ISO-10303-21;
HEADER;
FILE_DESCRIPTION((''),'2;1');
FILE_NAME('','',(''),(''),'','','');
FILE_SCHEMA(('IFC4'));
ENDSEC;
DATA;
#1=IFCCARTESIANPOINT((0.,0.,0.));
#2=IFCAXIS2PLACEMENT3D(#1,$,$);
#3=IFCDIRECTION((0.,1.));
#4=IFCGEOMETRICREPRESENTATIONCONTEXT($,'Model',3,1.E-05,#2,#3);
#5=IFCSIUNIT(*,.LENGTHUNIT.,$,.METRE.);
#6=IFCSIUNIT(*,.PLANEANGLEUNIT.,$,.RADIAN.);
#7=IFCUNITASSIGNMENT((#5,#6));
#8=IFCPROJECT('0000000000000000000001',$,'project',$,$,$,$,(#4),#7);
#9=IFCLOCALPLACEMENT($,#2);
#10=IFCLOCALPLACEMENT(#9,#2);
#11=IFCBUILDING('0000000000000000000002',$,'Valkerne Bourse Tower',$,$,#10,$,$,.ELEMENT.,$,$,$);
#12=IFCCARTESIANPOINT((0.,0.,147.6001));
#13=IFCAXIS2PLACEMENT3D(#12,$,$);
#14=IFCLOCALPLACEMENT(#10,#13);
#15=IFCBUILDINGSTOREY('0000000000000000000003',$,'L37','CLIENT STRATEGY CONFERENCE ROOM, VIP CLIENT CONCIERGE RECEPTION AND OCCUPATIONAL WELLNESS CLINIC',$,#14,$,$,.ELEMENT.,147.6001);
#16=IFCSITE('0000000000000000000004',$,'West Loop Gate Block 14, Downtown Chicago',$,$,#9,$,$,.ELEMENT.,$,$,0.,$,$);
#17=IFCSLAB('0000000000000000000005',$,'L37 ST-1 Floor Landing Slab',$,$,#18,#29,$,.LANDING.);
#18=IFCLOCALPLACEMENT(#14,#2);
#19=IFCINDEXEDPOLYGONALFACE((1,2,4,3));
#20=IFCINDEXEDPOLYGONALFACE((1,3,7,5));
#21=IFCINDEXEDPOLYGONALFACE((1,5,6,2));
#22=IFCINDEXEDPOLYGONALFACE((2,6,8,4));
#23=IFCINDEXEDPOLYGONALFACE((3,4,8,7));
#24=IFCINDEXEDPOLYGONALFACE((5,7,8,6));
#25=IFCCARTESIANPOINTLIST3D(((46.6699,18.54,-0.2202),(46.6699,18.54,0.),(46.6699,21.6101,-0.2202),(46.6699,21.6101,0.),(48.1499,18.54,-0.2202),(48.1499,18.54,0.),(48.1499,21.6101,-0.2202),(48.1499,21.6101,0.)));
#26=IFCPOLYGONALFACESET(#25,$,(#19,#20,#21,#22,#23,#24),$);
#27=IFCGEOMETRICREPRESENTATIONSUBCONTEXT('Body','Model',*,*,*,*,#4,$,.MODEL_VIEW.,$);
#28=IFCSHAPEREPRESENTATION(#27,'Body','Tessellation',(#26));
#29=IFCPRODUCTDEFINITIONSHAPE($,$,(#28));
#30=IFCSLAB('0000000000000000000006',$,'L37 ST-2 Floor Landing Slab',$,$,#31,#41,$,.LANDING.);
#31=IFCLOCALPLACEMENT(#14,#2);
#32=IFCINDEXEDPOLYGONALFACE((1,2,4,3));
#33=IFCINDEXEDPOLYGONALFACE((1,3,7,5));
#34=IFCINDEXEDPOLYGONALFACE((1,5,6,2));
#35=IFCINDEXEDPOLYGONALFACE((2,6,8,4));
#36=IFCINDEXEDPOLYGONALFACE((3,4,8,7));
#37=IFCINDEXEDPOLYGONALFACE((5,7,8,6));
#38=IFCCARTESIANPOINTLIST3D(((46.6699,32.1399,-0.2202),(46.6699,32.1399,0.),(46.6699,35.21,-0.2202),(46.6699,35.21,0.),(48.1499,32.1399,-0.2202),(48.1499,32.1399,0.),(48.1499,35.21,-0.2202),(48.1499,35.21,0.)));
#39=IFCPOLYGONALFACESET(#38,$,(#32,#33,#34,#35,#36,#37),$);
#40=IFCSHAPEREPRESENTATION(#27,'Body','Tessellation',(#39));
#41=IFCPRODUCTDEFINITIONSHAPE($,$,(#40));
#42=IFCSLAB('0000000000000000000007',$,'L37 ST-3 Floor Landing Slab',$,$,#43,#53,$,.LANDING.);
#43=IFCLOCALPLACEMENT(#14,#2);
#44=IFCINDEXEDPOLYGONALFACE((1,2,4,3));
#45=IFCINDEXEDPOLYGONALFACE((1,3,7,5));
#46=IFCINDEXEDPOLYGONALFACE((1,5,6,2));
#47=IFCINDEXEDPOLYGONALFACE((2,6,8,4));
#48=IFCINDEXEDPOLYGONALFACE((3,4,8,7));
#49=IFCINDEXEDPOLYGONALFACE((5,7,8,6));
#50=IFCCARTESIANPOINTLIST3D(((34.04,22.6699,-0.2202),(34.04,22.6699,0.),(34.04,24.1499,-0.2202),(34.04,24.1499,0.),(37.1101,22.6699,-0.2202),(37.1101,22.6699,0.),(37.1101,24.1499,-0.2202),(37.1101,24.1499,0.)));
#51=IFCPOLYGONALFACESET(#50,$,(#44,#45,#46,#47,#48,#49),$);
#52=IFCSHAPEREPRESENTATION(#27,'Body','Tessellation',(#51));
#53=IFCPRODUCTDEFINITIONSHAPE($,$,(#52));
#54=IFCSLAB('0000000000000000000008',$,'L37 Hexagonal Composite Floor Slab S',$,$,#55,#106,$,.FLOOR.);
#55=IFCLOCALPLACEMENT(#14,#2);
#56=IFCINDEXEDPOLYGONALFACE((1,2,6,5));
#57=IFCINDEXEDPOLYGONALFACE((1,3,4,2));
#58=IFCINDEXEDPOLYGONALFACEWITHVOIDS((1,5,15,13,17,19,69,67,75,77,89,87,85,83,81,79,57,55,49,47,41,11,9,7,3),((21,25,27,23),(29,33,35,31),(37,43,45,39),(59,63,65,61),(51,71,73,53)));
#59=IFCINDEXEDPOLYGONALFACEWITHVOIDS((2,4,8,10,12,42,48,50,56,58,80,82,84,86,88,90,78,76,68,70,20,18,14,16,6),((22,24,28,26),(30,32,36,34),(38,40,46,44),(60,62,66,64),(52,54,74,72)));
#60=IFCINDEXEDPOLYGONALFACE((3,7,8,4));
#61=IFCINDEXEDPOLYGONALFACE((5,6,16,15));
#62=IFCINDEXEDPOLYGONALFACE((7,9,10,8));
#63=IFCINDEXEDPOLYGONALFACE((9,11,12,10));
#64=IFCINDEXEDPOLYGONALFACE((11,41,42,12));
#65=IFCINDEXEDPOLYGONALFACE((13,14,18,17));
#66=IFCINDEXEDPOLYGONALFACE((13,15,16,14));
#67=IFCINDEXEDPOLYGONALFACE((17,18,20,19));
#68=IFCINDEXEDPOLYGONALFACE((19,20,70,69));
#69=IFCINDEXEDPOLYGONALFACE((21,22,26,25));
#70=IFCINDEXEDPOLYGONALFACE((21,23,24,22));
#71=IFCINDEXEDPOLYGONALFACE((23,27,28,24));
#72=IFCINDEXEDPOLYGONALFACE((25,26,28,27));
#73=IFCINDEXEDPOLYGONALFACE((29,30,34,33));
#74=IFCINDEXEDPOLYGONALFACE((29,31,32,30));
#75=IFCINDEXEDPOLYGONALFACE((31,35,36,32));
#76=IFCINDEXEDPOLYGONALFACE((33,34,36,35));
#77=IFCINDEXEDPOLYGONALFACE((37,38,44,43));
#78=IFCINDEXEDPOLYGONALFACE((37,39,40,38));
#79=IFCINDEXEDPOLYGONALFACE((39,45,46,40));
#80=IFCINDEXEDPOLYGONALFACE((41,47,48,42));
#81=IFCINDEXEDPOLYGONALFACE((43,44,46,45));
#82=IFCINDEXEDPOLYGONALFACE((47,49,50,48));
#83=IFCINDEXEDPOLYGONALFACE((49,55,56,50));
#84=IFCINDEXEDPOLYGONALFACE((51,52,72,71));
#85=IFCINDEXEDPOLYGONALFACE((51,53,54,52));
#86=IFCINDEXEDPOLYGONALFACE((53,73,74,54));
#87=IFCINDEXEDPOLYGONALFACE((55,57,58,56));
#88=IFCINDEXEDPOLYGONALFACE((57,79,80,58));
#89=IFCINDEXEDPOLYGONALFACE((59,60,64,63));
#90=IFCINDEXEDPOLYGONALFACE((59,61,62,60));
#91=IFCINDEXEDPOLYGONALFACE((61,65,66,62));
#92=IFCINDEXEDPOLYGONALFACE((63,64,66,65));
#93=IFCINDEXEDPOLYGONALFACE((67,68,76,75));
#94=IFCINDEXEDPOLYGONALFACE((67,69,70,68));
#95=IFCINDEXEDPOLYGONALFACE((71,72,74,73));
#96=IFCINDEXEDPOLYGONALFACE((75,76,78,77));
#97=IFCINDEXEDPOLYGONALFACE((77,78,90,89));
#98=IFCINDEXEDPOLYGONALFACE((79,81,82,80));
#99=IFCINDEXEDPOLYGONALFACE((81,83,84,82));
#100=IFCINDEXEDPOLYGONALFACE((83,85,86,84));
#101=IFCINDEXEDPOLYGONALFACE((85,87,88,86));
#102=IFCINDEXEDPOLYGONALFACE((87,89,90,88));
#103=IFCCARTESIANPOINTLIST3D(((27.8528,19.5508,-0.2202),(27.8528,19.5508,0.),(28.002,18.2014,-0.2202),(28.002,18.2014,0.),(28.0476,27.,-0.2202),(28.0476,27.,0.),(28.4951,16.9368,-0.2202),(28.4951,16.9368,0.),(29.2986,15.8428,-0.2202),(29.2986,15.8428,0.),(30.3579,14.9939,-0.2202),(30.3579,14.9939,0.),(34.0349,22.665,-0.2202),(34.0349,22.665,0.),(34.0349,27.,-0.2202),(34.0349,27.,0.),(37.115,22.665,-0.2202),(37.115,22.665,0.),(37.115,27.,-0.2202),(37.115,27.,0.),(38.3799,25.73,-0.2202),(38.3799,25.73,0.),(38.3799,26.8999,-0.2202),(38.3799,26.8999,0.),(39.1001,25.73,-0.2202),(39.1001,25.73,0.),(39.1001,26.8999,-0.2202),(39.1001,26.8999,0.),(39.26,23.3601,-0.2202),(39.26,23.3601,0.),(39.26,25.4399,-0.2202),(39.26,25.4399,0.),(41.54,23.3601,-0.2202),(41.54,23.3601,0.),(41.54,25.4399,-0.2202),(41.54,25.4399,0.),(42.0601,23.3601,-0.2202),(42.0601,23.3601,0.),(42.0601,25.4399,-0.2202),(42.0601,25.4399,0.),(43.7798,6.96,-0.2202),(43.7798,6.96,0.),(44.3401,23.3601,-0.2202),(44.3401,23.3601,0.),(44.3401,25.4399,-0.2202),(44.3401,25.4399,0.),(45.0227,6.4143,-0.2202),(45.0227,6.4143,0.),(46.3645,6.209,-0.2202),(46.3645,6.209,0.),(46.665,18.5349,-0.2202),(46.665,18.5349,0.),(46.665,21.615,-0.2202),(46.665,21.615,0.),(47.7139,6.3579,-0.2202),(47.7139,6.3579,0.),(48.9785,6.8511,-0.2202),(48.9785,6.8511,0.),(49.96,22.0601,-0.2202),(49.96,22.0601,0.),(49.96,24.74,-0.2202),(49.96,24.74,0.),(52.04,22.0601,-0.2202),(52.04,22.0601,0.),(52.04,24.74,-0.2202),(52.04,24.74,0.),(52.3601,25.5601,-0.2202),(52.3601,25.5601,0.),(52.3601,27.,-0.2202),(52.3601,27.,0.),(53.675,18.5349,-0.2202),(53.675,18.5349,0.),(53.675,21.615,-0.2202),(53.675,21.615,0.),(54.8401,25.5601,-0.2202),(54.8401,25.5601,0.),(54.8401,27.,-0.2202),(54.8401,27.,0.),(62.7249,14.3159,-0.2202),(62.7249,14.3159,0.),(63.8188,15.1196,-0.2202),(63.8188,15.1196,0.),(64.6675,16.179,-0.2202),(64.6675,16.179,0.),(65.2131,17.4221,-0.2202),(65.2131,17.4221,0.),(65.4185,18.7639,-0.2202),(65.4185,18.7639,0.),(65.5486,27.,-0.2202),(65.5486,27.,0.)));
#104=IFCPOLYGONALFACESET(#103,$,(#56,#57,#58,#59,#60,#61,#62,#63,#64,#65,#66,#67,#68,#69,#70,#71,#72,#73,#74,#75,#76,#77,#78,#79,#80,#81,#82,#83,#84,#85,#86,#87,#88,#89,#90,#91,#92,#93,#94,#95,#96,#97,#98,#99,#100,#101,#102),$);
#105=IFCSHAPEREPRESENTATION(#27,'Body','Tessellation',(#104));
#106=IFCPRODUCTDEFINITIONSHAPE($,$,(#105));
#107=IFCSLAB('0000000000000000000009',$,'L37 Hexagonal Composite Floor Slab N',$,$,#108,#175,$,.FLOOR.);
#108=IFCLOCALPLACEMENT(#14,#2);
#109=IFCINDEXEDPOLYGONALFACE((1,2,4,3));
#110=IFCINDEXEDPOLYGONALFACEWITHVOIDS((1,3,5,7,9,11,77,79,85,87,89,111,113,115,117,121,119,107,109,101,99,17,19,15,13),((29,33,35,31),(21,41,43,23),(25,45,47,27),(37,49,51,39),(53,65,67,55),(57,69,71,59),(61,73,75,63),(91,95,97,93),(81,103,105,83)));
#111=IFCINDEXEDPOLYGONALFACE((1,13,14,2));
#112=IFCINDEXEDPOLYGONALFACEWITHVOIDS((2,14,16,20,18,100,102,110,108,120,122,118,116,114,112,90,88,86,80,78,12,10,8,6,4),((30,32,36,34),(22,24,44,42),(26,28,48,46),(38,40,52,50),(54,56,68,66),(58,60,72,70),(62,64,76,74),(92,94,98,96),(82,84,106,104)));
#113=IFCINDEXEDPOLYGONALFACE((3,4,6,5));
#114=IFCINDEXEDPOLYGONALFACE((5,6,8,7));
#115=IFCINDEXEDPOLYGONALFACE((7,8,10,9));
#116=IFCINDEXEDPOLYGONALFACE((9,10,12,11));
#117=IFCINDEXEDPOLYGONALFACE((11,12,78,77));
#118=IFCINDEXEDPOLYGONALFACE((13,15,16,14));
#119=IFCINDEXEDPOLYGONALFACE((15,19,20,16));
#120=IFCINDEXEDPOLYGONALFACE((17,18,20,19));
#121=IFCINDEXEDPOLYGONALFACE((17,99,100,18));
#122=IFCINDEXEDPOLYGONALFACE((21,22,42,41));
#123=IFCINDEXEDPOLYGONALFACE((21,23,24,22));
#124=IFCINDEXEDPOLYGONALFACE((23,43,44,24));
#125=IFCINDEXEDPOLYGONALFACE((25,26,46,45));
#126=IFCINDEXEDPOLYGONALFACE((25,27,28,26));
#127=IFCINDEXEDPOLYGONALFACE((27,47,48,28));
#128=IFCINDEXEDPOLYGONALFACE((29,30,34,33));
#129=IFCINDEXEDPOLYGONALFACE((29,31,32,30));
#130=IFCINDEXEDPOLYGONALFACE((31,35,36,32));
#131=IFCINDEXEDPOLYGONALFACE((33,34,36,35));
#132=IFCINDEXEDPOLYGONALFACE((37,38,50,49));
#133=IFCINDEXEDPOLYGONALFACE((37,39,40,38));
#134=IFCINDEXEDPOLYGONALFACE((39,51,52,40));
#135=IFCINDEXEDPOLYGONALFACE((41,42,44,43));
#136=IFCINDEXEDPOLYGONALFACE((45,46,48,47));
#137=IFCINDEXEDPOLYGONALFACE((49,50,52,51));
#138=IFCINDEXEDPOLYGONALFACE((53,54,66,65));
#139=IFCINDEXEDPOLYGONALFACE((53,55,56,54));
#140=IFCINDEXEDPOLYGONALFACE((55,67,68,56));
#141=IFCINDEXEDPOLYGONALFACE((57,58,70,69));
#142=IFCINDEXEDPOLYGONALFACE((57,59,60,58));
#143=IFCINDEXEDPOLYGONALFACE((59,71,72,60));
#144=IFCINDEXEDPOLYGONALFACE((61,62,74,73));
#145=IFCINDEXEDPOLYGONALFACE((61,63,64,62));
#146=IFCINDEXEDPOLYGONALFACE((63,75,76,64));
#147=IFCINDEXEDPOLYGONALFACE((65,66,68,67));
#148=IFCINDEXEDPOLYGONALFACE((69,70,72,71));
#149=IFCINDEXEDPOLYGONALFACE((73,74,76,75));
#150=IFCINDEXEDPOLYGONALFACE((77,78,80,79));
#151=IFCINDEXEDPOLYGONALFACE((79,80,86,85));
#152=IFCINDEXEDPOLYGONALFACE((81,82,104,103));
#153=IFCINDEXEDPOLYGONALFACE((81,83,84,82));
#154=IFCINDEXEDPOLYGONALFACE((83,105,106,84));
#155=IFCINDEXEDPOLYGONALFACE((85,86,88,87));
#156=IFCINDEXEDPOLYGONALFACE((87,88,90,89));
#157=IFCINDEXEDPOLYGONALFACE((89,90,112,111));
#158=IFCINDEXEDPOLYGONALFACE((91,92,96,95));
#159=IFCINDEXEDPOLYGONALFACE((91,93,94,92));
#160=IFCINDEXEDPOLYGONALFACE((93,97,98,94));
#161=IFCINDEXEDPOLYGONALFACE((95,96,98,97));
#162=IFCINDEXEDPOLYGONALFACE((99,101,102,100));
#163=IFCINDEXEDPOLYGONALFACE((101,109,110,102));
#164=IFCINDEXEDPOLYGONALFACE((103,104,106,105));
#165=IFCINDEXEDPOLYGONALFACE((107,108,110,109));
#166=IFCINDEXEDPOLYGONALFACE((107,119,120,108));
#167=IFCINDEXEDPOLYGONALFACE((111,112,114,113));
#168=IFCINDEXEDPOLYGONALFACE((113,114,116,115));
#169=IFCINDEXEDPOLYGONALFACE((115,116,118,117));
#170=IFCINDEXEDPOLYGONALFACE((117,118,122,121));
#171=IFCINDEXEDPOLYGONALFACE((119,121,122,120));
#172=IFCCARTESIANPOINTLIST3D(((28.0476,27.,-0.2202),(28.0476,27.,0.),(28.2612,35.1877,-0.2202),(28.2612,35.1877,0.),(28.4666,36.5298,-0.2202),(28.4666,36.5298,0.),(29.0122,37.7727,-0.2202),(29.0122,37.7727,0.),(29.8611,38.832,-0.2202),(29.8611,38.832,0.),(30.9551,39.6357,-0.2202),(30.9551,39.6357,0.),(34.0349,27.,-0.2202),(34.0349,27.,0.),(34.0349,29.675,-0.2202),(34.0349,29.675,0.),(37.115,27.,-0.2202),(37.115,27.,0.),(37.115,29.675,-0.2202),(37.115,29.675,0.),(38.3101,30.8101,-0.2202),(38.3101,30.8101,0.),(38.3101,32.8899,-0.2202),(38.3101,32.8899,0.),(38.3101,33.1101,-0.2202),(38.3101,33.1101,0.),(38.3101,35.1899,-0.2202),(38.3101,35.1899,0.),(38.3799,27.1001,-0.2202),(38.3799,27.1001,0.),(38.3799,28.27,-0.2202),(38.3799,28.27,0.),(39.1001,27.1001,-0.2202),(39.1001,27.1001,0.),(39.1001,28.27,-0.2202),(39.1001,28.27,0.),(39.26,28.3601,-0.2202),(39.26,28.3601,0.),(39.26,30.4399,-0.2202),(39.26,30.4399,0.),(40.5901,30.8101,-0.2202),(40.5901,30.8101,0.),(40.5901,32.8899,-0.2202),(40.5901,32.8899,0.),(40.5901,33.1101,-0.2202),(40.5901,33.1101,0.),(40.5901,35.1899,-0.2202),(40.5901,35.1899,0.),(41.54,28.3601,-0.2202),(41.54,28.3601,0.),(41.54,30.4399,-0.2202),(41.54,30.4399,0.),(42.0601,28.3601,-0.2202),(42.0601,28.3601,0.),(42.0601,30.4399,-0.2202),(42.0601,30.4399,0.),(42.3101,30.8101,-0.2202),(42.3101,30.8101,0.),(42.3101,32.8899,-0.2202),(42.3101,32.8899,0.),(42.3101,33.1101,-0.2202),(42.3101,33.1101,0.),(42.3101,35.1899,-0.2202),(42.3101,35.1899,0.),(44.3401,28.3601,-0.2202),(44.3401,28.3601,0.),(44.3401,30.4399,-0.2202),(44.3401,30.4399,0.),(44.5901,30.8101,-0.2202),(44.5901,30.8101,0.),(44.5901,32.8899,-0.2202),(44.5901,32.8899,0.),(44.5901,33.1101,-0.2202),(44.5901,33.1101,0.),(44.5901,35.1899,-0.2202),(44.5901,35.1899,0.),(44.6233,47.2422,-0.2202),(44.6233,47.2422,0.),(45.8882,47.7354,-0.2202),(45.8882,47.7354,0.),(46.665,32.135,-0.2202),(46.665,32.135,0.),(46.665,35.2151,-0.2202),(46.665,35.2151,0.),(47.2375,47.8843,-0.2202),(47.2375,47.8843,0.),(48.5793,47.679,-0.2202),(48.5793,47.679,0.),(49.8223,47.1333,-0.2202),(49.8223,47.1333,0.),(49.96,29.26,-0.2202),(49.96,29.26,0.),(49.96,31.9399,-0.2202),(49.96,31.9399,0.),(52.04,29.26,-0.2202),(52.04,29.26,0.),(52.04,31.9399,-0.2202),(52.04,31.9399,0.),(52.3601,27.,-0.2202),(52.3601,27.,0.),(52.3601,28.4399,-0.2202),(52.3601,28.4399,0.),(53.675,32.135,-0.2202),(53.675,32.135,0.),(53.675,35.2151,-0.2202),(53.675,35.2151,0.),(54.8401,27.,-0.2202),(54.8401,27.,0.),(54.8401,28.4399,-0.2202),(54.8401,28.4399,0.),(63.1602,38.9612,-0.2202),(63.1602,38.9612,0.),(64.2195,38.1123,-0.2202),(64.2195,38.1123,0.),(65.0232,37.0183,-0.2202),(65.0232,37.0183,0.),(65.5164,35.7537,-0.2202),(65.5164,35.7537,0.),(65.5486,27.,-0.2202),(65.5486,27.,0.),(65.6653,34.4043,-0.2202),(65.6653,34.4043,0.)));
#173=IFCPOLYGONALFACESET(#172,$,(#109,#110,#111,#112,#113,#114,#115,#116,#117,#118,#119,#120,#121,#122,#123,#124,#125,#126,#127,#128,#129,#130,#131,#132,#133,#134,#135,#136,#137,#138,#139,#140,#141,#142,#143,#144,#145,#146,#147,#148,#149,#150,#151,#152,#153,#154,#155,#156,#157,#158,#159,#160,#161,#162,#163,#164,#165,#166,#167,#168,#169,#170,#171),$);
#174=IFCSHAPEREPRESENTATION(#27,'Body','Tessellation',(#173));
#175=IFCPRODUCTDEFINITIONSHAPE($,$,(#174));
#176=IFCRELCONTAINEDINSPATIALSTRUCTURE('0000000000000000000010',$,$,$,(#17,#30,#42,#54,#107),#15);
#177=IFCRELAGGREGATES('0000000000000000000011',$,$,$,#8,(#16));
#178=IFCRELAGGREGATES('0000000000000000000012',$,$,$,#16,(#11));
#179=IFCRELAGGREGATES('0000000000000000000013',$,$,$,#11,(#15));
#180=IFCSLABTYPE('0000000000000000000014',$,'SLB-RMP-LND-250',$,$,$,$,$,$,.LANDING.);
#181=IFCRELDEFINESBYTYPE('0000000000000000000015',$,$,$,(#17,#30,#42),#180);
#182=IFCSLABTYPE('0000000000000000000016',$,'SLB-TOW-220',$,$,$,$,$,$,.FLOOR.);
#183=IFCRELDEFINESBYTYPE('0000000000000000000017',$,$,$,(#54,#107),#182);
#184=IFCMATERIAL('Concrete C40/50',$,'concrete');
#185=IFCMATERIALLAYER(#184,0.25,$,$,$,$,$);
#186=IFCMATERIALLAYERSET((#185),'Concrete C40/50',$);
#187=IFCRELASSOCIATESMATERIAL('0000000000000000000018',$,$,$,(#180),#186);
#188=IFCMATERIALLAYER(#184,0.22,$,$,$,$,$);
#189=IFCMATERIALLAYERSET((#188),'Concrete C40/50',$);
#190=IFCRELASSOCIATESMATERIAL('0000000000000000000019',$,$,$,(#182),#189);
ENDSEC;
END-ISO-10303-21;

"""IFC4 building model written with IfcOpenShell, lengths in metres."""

from ifc_helpers import new_model, si_unit, direction, frame, origin, place, context, subcontext, project, spatial, polyline, outline, extrude, material, layer, layer_set, type_object, element, save


model = new_model("IFC4")

# Units and contexts
model_context = context("Model", 3, precision=1e-05, world=origin(), true_north=direction((0.0, 1.0)))
body_context = subcontext(model_context, "Body", "Model", "MODEL_VIEW")
ifc_project = project(units=[si_unit("LENGTHUNIT", "METRE"), si_unit("PLANEANGLEUNIT", "RADIAN")], contexts=[model_context])

# Site, building, storey
site_placement = place(None, origin())
site = spatial("IfcSite", under=ifc_project, at=site_placement, Name="West Loop Gate Block 14, Downtown Chicago", CompositionType="ELEMENT", RefElevation=0.0)
building_placement = place(site_placement, origin())
building = spatial("IfcBuilding", under=site, at=building_placement, Name="Valkerne Bourse Tower", CompositionType="ELEMENT")
storey_placement = place(building_placement, frame((0.0, 0.0, 147.6001)))
storey = spatial("IfcBuildingStorey", under=building, at=storey_placement, Name="L37", Description="CLIENT STRATEGY CONFERENCE ROOM, VIP CLIENT CONCIERGE RECEPTION AND OCCUPATIONAL WELLNESS CLINIC", CompositionType="ELEMENT", Elevation=147.6001)

# Slabs
ifc_material_1 = material(Name="Concrete C40/50", Category="concrete")
ifc_layer_1 = layer(ifc_material_1, 0.25)
ifc_layer_set_1 = layer_set([ifc_layer_1], Name="Concrete C40/50")
slab_type_1 = type_object("IfcSlabType", Name="SLB-RMP-LND-250", PredefinedType="LANDING", material=ifc_layer_set_1)
slab_1_placement = place(storey_placement, frame((0.0, 0.0, -0.2202)))
element("IfcSlab", 1, at=slab_1_placement, inside=storey, type_object=slab_type_1, Name="L37 ST-1 Floor Landing Slab", PredefinedType="LANDING", context=body_context, shape_type="SweptSolid", body=[
    extrude(outline(polyline([(46.6699, 18.54), (48.1499, 18.54), (48.1499, 21.6101), (46.6699, 21.6101), (46.6699, 18.54)])), origin(), (0.0, 0.0, 1.0), 0.2202),
])
slab_2_placement = place(storey_placement, frame((0.0, 0.0, -0.2202)))
element("IfcSlab", 2, at=slab_2_placement, inside=storey, type_object=slab_type_1, Name="L37 ST-2 Floor Landing Slab", PredefinedType="LANDING", context=body_context, shape_type="SweptSolid", body=[
    extrude(outline(polyline([(46.6699, 32.1399), (48.1499, 32.1399), (48.1499, 35.21), (46.6699, 35.21), (46.6699, 32.1399)])), origin(), (0.0, 0.0, 1.0), 0.2202),
])
slab_3_placement = place(storey_placement, frame((0.0, 0.0, -0.2202)))
element("IfcSlab", 3, at=slab_3_placement, inside=storey, type_object=slab_type_1, Name="L37 ST-3 Floor Landing Slab", PredefinedType="LANDING", context=body_context, shape_type="SweptSolid", body=[
    extrude(outline(polyline([(37.1101, 22.6699), (37.1101, 24.1499), (34.04, 24.1499), (34.04, 22.6699), (37.1101, 22.6699)])), origin(), (0.0, 0.0, 1.0), 0.2202),
])
ifc_layer_2 = layer(ifc_material_1, 0.22)
ifc_layer_set_2 = layer_set([ifc_layer_2], Name="Concrete C40/50")
slab_type_2 = type_object("IfcSlabType", Name="SLB-TOW-220", PredefinedType="FLOOR", material=ifc_layer_set_2)
slab_4_placement = place(storey_placement, frame((0.0, 0.0, -0.2202)))
element("IfcSlab", 4, at=slab_4_placement, inside=storey, type_object=slab_type_2, Name="L37 Hexagonal Composite Floor Slab S", PredefinedType="FLOOR", context=body_context, shape_type="SweptSolid", body=[
    extrude(outline(polyline([(65.2131, 17.4221), (64.6675, 16.179), (63.8188, 15.1196), (62.7249, 14.3159), (48.9785, 6.8511), (47.7139, 6.3579), (46.3645, 6.209), (45.0227, 6.4143), (43.7798, 6.96), (30.3579, 14.9939), (29.2986, 15.8428), (28.4951, 16.9368), (28.002, 18.2014), (27.8528, 19.5508), (28.0476, 27.0), (34.0349, 27.0), (34.0349, 22.665), (37.115, 22.665), (37.115, 27.0), (52.3601, 27.0), (52.3601, 25.5601), (54.8401, 25.5601), (54.8401, 27.0), (65.5486, 27.0), (65.4185, 18.7639), (65.2131, 17.4221)]), holes=[polyline([(41.54, 25.4399), (39.26, 25.4399), (39.26, 23.3601), (41.54, 23.3601), (41.54, 25.4399)]), polyline([(44.3401, 25.4399), (42.0601, 25.4399), (42.0601, 23.3601), (44.3401, 23.3601), (44.3401, 25.4399)]), polyline([(39.1001, 26.8999), (38.3799, 26.8999), (38.3799, 25.73), (39.1001, 25.73), (39.1001, 26.8999)]), polyline([(53.675, 21.615), (46.665, 21.615), (46.665, 18.5349), (53.675, 18.5349), (53.675, 21.615)]), polyline([(52.04, 24.74), (49.96, 24.74), (49.96, 22.0601), (52.04, 22.0601), (52.04, 24.74)])]), origin(), (0.0, 0.0, 1.0), 0.2202),
])
slab_5_placement = place(storey_placement, frame((0.0, 0.0, -0.2202)))
element("IfcSlab", 5, at=slab_5_placement, inside=storey, type_object=slab_type_2, Name="L37 Hexagonal Composite Floor Slab N", PredefinedType="FLOOR", context=body_context, shape_type="SweptSolid", body=[
    extrude(outline(polyline([(28.2612, 35.1877), (28.4666, 36.5298), (29.0122, 37.7727), (29.8611, 38.832), (30.9551, 39.6357), (44.6233, 47.2422), (45.8882, 47.7354), (47.2375, 47.8843), (48.5793, 47.679), (49.8223, 47.1333), (63.1602, 38.9612), (64.2195, 38.1123), (65.0232, 37.0183), (65.5164, 35.7537), (65.6653, 34.4043), (65.5486, 27.0), (54.8401, 27.0), (54.8401, 28.4399), (52.3601, 28.4399), (52.3601, 27.0), (37.115, 27.0), (37.115, 29.675), (34.0349, 29.675), (34.0349, 27.0), (28.0476, 27.0), (28.2612, 35.1877)]), holes=[polyline([(39.1001, 28.27), (38.3799, 28.27), (38.3799, 27.1001), (39.1001, 27.1001), (39.1001, 28.27)]), polyline([(41.54, 30.4399), (39.26, 30.4399), (39.26, 28.3601), (41.54, 28.3601), (41.54, 30.4399)]), polyline([(40.5901, 32.8899), (38.3101, 32.8899), (38.3101, 30.8101), (40.5901, 30.8101), (40.5901, 32.8899)]), polyline([(40.5901, 35.1899), (38.3101, 35.1899), (38.3101, 33.1101), (40.5901, 33.1101), (40.5901, 35.1899)]), polyline([(44.3401, 30.4399), (42.0601, 30.4399), (42.0601, 28.3601), (44.3401, 28.3601), (44.3401, 30.4399)]), polyline([(52.04, 31.9399), (49.96, 31.9399), (49.96, 29.26), (52.04, 29.26), (52.04, 31.9399)]), polyline([(44.5901, 32.8899), (42.3101, 32.8899), (42.3101, 30.8101), (44.5901, 30.8101), (44.5901, 32.8899)]), polyline([(53.675, 35.2151), (46.665, 35.2151), (46.665, 32.135), (53.675, 32.135), (53.675, 35.2151)]), polyline([(44.5901, 35.1899), (42.3101, 35.1899), (42.3101, 33.1101), (44.5901, 33.1101), (44.5901, 35.1899)])]), origin(), (0.0, 0.0, 1.0), 0.2202),
])

save(model, "model.ifc")
